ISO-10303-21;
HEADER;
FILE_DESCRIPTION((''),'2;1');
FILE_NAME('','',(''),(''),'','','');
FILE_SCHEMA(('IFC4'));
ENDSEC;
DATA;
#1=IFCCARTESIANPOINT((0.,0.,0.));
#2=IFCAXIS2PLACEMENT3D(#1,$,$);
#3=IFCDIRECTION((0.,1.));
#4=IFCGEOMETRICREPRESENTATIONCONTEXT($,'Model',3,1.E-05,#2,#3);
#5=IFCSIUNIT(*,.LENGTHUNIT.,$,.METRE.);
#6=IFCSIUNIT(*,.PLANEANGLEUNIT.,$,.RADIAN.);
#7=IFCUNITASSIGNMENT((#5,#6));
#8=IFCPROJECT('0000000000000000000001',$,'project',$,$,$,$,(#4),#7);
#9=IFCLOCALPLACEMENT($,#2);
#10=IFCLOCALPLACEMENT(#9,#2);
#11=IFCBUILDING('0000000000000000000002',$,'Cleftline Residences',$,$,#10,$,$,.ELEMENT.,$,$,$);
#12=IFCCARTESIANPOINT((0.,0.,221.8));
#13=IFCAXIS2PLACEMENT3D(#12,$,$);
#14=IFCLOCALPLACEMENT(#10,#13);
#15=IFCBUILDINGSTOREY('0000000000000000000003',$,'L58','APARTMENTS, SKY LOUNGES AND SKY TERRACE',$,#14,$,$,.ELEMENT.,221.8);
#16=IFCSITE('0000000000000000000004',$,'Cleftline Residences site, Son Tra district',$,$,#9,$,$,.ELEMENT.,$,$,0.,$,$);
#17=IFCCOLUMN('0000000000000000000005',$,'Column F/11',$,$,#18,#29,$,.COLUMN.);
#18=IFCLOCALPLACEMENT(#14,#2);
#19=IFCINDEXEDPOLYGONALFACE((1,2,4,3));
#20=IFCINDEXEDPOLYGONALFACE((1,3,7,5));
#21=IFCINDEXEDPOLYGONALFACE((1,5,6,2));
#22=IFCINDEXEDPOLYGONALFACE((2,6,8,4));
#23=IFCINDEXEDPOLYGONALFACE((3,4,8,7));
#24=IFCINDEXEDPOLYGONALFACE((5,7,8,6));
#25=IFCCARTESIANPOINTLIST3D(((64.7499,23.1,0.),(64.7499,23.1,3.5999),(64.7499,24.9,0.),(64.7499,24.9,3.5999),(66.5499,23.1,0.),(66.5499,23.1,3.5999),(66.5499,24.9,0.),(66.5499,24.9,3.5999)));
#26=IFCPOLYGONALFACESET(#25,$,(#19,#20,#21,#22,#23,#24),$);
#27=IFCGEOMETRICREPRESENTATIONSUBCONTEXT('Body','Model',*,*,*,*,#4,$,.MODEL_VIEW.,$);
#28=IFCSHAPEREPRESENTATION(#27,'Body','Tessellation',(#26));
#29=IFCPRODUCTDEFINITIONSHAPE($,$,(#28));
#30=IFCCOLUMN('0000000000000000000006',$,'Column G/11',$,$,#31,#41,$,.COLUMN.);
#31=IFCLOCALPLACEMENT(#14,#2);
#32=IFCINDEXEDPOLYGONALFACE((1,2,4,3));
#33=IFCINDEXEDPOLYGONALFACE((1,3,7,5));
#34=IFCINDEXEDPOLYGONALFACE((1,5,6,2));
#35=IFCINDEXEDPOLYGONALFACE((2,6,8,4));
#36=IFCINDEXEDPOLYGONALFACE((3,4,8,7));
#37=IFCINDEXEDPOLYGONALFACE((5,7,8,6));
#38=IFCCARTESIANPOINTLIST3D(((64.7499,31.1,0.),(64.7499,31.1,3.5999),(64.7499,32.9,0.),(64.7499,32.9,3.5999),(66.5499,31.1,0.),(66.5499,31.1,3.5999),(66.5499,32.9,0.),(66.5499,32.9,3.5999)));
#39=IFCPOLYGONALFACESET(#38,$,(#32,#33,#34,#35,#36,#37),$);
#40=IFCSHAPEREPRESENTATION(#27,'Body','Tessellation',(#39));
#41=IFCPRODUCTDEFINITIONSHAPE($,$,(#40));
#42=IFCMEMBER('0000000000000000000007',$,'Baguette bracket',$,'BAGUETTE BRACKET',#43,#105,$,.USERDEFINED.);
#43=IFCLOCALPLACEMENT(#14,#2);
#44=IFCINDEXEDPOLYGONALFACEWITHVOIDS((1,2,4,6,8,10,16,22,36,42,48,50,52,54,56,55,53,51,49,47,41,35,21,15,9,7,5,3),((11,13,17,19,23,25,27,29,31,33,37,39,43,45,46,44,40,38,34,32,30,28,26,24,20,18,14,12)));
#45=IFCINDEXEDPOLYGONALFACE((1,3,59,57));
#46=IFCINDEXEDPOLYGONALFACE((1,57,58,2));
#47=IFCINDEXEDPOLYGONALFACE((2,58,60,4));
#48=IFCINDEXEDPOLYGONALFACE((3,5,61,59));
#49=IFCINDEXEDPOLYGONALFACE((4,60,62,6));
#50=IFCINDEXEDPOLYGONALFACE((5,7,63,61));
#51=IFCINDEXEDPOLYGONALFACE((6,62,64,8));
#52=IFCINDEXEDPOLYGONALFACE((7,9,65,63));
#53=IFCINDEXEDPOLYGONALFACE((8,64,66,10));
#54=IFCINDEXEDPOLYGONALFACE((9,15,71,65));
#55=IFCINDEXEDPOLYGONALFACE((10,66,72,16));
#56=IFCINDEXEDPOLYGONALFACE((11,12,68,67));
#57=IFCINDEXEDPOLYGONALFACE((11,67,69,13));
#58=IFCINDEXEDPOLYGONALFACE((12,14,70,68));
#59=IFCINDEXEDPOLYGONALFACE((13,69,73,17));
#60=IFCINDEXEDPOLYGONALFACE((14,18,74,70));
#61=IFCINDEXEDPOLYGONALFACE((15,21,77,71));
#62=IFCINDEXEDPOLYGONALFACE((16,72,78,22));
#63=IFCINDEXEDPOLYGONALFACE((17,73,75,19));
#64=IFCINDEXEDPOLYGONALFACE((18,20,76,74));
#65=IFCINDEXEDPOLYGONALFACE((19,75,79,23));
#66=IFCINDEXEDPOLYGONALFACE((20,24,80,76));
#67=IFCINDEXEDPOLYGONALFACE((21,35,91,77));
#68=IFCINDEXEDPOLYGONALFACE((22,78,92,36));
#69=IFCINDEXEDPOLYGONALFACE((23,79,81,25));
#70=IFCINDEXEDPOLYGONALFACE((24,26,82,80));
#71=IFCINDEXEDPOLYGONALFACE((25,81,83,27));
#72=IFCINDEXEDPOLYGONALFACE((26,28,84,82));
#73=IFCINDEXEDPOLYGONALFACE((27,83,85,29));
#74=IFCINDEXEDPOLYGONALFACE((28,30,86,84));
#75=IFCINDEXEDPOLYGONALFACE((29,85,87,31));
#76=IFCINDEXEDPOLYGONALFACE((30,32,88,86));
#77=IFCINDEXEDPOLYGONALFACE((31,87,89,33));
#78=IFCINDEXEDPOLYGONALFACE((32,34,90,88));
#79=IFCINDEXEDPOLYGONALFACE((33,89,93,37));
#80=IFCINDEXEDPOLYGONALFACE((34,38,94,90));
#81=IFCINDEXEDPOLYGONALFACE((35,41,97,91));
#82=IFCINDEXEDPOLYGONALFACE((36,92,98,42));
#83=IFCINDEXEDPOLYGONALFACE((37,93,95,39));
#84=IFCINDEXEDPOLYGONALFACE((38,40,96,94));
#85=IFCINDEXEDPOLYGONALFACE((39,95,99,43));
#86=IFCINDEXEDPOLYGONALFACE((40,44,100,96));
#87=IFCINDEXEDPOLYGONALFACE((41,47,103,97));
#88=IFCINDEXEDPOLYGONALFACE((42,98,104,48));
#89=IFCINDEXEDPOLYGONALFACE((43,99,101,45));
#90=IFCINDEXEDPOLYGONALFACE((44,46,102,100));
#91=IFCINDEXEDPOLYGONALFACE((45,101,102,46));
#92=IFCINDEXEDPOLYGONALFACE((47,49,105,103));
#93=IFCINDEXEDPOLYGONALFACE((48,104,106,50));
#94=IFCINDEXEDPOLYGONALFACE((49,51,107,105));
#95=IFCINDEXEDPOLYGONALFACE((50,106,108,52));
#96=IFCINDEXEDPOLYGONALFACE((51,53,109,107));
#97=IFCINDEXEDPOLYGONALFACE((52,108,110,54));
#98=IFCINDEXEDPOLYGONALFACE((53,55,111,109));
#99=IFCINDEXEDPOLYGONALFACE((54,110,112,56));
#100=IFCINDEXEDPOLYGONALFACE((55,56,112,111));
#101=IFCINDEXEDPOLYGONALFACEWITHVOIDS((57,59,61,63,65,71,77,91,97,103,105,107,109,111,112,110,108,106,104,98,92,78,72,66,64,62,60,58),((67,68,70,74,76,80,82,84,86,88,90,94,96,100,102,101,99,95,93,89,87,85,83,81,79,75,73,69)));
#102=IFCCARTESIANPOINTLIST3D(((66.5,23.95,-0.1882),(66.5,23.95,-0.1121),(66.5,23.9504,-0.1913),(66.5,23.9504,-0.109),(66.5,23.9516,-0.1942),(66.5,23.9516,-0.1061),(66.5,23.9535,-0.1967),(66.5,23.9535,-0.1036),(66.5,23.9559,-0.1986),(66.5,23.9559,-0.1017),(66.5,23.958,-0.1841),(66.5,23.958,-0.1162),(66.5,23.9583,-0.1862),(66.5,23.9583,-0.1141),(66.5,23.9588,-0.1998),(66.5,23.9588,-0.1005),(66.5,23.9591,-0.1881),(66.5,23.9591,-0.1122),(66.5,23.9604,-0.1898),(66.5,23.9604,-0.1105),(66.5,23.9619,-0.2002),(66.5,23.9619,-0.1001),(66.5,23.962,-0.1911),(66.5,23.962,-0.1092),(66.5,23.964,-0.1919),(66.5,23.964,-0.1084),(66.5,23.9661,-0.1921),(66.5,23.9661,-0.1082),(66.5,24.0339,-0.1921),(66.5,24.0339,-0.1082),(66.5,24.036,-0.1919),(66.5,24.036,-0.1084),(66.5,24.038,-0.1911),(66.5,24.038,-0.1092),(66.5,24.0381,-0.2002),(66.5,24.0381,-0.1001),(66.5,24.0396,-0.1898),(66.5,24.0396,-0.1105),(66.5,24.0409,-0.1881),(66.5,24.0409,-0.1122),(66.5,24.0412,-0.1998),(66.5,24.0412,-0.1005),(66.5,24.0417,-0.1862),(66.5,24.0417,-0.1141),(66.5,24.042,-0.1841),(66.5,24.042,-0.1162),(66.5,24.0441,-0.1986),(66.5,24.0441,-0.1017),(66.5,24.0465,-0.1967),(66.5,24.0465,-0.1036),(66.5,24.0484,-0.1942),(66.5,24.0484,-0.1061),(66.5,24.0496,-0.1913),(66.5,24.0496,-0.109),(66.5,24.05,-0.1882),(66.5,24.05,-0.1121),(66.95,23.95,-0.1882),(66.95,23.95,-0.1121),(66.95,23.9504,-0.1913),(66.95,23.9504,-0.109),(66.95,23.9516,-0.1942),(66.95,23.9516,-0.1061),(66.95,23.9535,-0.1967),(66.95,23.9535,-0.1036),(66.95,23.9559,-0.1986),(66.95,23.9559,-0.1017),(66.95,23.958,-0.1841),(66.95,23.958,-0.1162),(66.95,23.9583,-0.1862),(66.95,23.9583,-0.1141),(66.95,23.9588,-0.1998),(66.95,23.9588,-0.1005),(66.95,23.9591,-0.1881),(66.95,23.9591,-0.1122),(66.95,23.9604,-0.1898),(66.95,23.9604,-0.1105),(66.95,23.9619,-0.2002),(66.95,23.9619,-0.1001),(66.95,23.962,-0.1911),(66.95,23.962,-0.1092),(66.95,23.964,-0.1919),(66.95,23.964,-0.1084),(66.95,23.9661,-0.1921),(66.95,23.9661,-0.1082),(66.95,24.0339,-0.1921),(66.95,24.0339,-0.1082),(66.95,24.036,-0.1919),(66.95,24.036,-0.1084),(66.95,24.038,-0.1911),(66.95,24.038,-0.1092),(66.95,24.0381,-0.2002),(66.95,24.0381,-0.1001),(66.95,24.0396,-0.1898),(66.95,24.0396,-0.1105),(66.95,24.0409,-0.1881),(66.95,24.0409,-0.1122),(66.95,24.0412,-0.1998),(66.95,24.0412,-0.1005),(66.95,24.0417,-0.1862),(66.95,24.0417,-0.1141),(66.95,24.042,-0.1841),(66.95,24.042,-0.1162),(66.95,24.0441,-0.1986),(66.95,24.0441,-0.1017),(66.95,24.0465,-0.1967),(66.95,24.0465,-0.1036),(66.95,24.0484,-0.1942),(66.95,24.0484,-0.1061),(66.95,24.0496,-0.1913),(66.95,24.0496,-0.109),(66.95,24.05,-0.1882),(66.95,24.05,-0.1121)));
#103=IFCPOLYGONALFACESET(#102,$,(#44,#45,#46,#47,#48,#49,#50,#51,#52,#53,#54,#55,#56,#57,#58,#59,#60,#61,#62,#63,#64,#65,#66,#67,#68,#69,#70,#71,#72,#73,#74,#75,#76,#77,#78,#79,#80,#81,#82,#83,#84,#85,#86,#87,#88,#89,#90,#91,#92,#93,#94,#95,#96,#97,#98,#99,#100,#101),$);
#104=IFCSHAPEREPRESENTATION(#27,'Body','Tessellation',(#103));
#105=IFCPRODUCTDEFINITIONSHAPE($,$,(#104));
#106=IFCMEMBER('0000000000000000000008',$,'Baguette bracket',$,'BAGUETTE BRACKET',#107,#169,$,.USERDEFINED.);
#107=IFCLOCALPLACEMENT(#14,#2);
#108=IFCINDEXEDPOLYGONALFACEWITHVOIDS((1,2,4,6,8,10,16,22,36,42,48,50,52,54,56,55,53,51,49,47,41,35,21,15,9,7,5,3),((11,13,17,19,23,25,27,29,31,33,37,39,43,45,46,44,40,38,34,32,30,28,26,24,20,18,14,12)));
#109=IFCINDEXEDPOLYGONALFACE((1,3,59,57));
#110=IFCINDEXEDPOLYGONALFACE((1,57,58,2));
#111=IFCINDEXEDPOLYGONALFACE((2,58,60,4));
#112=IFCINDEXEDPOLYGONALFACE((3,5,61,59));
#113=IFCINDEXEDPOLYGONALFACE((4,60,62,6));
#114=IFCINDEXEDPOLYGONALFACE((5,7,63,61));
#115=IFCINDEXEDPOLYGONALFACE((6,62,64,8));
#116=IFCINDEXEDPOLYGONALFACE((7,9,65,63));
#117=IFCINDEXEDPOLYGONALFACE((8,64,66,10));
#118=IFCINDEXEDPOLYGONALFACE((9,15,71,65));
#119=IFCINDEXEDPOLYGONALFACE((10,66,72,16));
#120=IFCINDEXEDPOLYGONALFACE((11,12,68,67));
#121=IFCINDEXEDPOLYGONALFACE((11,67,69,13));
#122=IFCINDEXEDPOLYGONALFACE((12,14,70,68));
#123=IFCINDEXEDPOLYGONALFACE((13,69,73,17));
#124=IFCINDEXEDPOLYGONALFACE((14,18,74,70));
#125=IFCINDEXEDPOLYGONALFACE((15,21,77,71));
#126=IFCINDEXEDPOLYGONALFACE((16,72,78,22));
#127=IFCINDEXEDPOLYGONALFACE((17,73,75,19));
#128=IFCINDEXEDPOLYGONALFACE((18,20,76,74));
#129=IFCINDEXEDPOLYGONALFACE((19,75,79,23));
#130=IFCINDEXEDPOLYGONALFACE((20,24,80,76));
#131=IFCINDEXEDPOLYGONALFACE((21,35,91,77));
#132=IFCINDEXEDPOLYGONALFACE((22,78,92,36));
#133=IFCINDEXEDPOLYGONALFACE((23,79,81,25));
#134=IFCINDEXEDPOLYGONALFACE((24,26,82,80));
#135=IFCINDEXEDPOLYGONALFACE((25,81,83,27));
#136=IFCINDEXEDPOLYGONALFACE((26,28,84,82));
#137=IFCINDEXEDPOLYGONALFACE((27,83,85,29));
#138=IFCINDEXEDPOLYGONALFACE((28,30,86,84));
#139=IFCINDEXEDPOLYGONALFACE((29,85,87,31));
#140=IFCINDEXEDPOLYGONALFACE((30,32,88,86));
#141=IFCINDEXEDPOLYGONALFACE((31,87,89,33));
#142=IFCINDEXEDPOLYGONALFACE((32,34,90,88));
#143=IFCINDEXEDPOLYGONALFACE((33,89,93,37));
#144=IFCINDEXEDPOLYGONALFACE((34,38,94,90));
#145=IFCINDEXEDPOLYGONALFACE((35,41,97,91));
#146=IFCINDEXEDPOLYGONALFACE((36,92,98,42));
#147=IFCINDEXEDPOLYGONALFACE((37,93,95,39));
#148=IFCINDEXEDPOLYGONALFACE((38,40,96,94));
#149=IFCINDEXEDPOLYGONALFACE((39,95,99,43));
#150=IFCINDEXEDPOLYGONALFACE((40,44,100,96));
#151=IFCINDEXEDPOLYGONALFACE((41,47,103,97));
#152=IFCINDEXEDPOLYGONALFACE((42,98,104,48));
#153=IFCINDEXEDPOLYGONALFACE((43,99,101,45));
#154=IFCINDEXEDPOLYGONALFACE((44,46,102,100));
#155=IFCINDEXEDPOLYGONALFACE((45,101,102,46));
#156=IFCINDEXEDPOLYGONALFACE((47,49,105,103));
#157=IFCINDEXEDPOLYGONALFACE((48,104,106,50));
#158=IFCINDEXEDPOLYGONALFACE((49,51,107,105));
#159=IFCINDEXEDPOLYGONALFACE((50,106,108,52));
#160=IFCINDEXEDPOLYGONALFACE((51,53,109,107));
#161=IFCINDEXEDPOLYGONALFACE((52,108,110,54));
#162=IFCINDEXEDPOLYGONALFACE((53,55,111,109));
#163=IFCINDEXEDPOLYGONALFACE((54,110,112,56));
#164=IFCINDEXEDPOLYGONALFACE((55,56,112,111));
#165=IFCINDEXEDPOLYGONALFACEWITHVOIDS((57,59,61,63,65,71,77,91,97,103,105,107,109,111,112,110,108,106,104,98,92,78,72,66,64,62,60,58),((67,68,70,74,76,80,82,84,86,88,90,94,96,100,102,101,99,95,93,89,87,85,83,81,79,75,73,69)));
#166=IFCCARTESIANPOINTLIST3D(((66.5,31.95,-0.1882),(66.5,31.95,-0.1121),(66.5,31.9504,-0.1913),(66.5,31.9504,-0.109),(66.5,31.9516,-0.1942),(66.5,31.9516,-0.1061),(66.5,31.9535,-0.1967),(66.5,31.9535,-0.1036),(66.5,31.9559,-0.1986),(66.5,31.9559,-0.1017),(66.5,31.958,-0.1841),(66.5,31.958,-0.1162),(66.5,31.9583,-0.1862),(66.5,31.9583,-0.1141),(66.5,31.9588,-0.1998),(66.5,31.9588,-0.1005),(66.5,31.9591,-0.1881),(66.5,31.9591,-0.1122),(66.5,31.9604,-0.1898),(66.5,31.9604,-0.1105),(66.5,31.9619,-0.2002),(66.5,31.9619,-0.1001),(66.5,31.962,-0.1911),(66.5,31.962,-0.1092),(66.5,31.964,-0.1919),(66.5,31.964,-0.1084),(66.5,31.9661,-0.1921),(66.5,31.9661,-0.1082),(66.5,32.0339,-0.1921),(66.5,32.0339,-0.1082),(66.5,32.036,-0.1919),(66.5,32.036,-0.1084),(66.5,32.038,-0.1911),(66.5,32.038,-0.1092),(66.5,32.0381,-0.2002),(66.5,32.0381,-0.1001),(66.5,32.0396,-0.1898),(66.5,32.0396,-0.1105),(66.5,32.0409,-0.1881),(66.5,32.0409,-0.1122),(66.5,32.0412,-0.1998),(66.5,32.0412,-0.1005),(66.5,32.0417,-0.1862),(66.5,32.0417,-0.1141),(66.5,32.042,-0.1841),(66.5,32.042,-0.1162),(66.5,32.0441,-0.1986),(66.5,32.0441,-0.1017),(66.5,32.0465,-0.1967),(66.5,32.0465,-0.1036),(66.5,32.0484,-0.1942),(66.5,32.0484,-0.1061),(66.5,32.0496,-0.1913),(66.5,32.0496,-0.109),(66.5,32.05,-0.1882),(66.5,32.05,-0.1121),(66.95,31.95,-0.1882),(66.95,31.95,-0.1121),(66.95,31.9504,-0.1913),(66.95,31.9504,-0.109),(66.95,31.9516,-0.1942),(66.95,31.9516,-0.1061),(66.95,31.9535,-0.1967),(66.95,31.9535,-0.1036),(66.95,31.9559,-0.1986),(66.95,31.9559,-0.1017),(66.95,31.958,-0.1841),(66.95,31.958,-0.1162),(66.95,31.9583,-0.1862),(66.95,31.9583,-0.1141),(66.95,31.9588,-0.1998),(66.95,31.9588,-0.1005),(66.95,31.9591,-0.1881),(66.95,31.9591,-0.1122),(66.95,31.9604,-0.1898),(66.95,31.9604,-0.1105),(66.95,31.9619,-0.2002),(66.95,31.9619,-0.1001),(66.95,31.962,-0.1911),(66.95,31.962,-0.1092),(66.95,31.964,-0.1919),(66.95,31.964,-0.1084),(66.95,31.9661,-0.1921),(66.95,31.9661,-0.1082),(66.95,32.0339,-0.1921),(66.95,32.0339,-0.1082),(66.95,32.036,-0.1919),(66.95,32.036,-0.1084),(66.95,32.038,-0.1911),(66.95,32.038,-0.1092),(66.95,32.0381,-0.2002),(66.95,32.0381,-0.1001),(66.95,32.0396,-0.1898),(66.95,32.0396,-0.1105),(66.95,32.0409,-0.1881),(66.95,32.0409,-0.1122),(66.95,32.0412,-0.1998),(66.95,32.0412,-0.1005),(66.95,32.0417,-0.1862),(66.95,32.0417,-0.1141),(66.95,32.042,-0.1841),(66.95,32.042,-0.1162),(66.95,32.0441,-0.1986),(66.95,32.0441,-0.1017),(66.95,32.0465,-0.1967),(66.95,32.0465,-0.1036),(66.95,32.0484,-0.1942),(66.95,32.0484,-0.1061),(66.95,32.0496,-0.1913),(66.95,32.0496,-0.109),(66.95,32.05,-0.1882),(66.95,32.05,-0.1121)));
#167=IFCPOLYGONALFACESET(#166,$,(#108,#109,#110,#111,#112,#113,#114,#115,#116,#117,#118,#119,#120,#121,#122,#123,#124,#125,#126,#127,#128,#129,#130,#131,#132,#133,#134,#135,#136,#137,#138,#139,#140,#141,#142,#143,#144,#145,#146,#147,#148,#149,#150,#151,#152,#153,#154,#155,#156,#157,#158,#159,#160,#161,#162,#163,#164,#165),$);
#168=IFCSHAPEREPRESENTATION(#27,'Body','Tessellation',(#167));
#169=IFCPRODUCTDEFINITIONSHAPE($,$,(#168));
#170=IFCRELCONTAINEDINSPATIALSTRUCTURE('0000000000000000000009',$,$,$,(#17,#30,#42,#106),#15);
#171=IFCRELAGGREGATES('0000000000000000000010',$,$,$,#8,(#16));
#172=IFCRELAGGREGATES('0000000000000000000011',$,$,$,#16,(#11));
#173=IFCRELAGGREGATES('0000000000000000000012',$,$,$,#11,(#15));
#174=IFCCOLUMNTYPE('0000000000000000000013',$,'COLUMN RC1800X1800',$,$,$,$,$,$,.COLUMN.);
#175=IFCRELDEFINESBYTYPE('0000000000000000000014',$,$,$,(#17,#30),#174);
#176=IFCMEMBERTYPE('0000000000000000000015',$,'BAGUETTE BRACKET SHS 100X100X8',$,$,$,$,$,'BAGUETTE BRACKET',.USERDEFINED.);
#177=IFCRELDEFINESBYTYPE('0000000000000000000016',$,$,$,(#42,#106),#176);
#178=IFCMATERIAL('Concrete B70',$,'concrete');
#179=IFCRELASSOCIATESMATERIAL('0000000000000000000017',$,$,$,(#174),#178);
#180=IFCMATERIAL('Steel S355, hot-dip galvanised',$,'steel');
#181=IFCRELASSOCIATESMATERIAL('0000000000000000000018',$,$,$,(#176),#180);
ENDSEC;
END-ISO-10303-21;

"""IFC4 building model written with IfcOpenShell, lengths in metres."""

from ifc_helpers import new_model, si_unit, direction, frame, origin, origin_2d, place, context, subcontext, project, spatial, rectangle, hollow_rectangle, extrude, material, material_profile, profile_set, type_object, element, save


model = new_model("IFC4")

# Units and contexts
model_context = context("Model", 3, precision=1e-05, world=origin(), true_north=direction((0.0, 1.0)))
body_context = subcontext(model_context, "Body", "Model", "MODEL_VIEW")
ifc_project = project(units=[si_unit("LENGTHUNIT", "METRE"), si_unit("PLANEANGLEUNIT", "RADIAN")], contexts=[model_context])

# Site, building, storey
site_placement = place(None, origin())
site = spatial("IfcSite", under=ifc_project, at=site_placement, Name="Cleftline Residences site, Son Tra district", CompositionType="ELEMENT", RefElevation=0.0)
building_placement = place(site_placement, origin())
building = spatial("IfcBuilding", under=site, at=building_placement, Name="Cleftline Residences", CompositionType="ELEMENT")
storey_placement = place(building_placement, frame((0.0, 0.0, 221.8)))
storey = spatial("IfcBuildingStorey", under=building, at=storey_placement, Name="L58", Description="APARTMENTS, SKY LOUNGES AND SKY TERRACE", CompositionType="ELEMENT", Elevation=221.8)

# Columns
ifc_material_1 = material(Name="Concrete B70", Category="concrete")
ifc_material_profile_1 = material_profile(ifc_material_1, rectangle(XDim=1.8, YDim=1.8, at=origin_2d()))
ifc_profile_set_1 = profile_set([ifc_material_profile_1], Name="Concrete B70")
column_type = type_object("IfcColumnType", Name="COLUMN RC1800X1800", PredefinedType="COLUMN", material=ifc_profile_set_1)
for number, where, z_axis, x_axis, name in (
    (1, (65.6499, 24.0, 0.0), (0.0, 0.0, 1.0), (1.0, 0.0, 0.0), "Column F/11"),
    (2, (65.6499, 32.0, 0.0), (0.0, 0.0, 1.0), (1.0, 0.0, 0.0), "Column G/11"),
):
    element("IfcColumn", number, at=place(storey_placement, frame(where, z_axis=z_axis, x_axis=x_axis)), inside=storey, type_object=column_type, Name=name, PredefinedType="COLUMN", context=body_context, shape_type="SweptSolid", body=[
        extrude(rectangle(XDim=1.8, YDim=1.8, at=origin_2d()), origin(), (0.0, 0.0, 1.0), 3.5999),
    ])

# Members
ifc_material_2 = material(Name="Steel S355, hot-dip galvanised", Category="steel")
ifc_material_profile_2 = material_profile(ifc_material_2, hollow_rectangle(XDim=0.1001, YDim=0.1001, WallThickness=0.0081, InnerFilletRadius=0.0081, OuterFilletRadius=0.012, at=origin_2d()))
ifc_profile_set_2 = profile_set([ifc_material_profile_2], Name="Steel S355, hot-dip galvanised")
member_type_1 = type_object("IfcMemberType", Name="BAGUETTE BRACKET SHS 100X100X8", ElementType="BAGUETTE BRACKET", PredefinedType="USERDEFINED", material=ifc_profile_set_2)
for number, where, z_axis, x_axis, name in (
    (3, (66.5, 24.0, -0.1501), (1.0, 0.0, 0.0), (0.0, 1.0, 0.0), "Baguette bracket"),
    (4, (66.5, 32.0, -0.1501), (1.0, 0.0, 0.0), (0.0, 1.0, 0.0), "Baguette bracket"),
):
    element("IfcMember", number, at=place(storey_placement, frame(where, z_axis=z_axis, x_axis=x_axis)), inside=storey, type_object=member_type_1, Name=name, ObjectType="BAGUETTE BRACKET", PredefinedType="USERDEFINED", context=body_context, shape_type="SweptSolid", body=[
        extrude(hollow_rectangle(XDim=0.1001, YDim=0.1001, WallThickness=0.0081, InnerFilletRadius=0.0081, OuterFilletRadius=0.012, at=origin_2d()), origin(), (0.0, 0.0, 1.0), 0.45),
    ])

save(model, "model.ifc")
